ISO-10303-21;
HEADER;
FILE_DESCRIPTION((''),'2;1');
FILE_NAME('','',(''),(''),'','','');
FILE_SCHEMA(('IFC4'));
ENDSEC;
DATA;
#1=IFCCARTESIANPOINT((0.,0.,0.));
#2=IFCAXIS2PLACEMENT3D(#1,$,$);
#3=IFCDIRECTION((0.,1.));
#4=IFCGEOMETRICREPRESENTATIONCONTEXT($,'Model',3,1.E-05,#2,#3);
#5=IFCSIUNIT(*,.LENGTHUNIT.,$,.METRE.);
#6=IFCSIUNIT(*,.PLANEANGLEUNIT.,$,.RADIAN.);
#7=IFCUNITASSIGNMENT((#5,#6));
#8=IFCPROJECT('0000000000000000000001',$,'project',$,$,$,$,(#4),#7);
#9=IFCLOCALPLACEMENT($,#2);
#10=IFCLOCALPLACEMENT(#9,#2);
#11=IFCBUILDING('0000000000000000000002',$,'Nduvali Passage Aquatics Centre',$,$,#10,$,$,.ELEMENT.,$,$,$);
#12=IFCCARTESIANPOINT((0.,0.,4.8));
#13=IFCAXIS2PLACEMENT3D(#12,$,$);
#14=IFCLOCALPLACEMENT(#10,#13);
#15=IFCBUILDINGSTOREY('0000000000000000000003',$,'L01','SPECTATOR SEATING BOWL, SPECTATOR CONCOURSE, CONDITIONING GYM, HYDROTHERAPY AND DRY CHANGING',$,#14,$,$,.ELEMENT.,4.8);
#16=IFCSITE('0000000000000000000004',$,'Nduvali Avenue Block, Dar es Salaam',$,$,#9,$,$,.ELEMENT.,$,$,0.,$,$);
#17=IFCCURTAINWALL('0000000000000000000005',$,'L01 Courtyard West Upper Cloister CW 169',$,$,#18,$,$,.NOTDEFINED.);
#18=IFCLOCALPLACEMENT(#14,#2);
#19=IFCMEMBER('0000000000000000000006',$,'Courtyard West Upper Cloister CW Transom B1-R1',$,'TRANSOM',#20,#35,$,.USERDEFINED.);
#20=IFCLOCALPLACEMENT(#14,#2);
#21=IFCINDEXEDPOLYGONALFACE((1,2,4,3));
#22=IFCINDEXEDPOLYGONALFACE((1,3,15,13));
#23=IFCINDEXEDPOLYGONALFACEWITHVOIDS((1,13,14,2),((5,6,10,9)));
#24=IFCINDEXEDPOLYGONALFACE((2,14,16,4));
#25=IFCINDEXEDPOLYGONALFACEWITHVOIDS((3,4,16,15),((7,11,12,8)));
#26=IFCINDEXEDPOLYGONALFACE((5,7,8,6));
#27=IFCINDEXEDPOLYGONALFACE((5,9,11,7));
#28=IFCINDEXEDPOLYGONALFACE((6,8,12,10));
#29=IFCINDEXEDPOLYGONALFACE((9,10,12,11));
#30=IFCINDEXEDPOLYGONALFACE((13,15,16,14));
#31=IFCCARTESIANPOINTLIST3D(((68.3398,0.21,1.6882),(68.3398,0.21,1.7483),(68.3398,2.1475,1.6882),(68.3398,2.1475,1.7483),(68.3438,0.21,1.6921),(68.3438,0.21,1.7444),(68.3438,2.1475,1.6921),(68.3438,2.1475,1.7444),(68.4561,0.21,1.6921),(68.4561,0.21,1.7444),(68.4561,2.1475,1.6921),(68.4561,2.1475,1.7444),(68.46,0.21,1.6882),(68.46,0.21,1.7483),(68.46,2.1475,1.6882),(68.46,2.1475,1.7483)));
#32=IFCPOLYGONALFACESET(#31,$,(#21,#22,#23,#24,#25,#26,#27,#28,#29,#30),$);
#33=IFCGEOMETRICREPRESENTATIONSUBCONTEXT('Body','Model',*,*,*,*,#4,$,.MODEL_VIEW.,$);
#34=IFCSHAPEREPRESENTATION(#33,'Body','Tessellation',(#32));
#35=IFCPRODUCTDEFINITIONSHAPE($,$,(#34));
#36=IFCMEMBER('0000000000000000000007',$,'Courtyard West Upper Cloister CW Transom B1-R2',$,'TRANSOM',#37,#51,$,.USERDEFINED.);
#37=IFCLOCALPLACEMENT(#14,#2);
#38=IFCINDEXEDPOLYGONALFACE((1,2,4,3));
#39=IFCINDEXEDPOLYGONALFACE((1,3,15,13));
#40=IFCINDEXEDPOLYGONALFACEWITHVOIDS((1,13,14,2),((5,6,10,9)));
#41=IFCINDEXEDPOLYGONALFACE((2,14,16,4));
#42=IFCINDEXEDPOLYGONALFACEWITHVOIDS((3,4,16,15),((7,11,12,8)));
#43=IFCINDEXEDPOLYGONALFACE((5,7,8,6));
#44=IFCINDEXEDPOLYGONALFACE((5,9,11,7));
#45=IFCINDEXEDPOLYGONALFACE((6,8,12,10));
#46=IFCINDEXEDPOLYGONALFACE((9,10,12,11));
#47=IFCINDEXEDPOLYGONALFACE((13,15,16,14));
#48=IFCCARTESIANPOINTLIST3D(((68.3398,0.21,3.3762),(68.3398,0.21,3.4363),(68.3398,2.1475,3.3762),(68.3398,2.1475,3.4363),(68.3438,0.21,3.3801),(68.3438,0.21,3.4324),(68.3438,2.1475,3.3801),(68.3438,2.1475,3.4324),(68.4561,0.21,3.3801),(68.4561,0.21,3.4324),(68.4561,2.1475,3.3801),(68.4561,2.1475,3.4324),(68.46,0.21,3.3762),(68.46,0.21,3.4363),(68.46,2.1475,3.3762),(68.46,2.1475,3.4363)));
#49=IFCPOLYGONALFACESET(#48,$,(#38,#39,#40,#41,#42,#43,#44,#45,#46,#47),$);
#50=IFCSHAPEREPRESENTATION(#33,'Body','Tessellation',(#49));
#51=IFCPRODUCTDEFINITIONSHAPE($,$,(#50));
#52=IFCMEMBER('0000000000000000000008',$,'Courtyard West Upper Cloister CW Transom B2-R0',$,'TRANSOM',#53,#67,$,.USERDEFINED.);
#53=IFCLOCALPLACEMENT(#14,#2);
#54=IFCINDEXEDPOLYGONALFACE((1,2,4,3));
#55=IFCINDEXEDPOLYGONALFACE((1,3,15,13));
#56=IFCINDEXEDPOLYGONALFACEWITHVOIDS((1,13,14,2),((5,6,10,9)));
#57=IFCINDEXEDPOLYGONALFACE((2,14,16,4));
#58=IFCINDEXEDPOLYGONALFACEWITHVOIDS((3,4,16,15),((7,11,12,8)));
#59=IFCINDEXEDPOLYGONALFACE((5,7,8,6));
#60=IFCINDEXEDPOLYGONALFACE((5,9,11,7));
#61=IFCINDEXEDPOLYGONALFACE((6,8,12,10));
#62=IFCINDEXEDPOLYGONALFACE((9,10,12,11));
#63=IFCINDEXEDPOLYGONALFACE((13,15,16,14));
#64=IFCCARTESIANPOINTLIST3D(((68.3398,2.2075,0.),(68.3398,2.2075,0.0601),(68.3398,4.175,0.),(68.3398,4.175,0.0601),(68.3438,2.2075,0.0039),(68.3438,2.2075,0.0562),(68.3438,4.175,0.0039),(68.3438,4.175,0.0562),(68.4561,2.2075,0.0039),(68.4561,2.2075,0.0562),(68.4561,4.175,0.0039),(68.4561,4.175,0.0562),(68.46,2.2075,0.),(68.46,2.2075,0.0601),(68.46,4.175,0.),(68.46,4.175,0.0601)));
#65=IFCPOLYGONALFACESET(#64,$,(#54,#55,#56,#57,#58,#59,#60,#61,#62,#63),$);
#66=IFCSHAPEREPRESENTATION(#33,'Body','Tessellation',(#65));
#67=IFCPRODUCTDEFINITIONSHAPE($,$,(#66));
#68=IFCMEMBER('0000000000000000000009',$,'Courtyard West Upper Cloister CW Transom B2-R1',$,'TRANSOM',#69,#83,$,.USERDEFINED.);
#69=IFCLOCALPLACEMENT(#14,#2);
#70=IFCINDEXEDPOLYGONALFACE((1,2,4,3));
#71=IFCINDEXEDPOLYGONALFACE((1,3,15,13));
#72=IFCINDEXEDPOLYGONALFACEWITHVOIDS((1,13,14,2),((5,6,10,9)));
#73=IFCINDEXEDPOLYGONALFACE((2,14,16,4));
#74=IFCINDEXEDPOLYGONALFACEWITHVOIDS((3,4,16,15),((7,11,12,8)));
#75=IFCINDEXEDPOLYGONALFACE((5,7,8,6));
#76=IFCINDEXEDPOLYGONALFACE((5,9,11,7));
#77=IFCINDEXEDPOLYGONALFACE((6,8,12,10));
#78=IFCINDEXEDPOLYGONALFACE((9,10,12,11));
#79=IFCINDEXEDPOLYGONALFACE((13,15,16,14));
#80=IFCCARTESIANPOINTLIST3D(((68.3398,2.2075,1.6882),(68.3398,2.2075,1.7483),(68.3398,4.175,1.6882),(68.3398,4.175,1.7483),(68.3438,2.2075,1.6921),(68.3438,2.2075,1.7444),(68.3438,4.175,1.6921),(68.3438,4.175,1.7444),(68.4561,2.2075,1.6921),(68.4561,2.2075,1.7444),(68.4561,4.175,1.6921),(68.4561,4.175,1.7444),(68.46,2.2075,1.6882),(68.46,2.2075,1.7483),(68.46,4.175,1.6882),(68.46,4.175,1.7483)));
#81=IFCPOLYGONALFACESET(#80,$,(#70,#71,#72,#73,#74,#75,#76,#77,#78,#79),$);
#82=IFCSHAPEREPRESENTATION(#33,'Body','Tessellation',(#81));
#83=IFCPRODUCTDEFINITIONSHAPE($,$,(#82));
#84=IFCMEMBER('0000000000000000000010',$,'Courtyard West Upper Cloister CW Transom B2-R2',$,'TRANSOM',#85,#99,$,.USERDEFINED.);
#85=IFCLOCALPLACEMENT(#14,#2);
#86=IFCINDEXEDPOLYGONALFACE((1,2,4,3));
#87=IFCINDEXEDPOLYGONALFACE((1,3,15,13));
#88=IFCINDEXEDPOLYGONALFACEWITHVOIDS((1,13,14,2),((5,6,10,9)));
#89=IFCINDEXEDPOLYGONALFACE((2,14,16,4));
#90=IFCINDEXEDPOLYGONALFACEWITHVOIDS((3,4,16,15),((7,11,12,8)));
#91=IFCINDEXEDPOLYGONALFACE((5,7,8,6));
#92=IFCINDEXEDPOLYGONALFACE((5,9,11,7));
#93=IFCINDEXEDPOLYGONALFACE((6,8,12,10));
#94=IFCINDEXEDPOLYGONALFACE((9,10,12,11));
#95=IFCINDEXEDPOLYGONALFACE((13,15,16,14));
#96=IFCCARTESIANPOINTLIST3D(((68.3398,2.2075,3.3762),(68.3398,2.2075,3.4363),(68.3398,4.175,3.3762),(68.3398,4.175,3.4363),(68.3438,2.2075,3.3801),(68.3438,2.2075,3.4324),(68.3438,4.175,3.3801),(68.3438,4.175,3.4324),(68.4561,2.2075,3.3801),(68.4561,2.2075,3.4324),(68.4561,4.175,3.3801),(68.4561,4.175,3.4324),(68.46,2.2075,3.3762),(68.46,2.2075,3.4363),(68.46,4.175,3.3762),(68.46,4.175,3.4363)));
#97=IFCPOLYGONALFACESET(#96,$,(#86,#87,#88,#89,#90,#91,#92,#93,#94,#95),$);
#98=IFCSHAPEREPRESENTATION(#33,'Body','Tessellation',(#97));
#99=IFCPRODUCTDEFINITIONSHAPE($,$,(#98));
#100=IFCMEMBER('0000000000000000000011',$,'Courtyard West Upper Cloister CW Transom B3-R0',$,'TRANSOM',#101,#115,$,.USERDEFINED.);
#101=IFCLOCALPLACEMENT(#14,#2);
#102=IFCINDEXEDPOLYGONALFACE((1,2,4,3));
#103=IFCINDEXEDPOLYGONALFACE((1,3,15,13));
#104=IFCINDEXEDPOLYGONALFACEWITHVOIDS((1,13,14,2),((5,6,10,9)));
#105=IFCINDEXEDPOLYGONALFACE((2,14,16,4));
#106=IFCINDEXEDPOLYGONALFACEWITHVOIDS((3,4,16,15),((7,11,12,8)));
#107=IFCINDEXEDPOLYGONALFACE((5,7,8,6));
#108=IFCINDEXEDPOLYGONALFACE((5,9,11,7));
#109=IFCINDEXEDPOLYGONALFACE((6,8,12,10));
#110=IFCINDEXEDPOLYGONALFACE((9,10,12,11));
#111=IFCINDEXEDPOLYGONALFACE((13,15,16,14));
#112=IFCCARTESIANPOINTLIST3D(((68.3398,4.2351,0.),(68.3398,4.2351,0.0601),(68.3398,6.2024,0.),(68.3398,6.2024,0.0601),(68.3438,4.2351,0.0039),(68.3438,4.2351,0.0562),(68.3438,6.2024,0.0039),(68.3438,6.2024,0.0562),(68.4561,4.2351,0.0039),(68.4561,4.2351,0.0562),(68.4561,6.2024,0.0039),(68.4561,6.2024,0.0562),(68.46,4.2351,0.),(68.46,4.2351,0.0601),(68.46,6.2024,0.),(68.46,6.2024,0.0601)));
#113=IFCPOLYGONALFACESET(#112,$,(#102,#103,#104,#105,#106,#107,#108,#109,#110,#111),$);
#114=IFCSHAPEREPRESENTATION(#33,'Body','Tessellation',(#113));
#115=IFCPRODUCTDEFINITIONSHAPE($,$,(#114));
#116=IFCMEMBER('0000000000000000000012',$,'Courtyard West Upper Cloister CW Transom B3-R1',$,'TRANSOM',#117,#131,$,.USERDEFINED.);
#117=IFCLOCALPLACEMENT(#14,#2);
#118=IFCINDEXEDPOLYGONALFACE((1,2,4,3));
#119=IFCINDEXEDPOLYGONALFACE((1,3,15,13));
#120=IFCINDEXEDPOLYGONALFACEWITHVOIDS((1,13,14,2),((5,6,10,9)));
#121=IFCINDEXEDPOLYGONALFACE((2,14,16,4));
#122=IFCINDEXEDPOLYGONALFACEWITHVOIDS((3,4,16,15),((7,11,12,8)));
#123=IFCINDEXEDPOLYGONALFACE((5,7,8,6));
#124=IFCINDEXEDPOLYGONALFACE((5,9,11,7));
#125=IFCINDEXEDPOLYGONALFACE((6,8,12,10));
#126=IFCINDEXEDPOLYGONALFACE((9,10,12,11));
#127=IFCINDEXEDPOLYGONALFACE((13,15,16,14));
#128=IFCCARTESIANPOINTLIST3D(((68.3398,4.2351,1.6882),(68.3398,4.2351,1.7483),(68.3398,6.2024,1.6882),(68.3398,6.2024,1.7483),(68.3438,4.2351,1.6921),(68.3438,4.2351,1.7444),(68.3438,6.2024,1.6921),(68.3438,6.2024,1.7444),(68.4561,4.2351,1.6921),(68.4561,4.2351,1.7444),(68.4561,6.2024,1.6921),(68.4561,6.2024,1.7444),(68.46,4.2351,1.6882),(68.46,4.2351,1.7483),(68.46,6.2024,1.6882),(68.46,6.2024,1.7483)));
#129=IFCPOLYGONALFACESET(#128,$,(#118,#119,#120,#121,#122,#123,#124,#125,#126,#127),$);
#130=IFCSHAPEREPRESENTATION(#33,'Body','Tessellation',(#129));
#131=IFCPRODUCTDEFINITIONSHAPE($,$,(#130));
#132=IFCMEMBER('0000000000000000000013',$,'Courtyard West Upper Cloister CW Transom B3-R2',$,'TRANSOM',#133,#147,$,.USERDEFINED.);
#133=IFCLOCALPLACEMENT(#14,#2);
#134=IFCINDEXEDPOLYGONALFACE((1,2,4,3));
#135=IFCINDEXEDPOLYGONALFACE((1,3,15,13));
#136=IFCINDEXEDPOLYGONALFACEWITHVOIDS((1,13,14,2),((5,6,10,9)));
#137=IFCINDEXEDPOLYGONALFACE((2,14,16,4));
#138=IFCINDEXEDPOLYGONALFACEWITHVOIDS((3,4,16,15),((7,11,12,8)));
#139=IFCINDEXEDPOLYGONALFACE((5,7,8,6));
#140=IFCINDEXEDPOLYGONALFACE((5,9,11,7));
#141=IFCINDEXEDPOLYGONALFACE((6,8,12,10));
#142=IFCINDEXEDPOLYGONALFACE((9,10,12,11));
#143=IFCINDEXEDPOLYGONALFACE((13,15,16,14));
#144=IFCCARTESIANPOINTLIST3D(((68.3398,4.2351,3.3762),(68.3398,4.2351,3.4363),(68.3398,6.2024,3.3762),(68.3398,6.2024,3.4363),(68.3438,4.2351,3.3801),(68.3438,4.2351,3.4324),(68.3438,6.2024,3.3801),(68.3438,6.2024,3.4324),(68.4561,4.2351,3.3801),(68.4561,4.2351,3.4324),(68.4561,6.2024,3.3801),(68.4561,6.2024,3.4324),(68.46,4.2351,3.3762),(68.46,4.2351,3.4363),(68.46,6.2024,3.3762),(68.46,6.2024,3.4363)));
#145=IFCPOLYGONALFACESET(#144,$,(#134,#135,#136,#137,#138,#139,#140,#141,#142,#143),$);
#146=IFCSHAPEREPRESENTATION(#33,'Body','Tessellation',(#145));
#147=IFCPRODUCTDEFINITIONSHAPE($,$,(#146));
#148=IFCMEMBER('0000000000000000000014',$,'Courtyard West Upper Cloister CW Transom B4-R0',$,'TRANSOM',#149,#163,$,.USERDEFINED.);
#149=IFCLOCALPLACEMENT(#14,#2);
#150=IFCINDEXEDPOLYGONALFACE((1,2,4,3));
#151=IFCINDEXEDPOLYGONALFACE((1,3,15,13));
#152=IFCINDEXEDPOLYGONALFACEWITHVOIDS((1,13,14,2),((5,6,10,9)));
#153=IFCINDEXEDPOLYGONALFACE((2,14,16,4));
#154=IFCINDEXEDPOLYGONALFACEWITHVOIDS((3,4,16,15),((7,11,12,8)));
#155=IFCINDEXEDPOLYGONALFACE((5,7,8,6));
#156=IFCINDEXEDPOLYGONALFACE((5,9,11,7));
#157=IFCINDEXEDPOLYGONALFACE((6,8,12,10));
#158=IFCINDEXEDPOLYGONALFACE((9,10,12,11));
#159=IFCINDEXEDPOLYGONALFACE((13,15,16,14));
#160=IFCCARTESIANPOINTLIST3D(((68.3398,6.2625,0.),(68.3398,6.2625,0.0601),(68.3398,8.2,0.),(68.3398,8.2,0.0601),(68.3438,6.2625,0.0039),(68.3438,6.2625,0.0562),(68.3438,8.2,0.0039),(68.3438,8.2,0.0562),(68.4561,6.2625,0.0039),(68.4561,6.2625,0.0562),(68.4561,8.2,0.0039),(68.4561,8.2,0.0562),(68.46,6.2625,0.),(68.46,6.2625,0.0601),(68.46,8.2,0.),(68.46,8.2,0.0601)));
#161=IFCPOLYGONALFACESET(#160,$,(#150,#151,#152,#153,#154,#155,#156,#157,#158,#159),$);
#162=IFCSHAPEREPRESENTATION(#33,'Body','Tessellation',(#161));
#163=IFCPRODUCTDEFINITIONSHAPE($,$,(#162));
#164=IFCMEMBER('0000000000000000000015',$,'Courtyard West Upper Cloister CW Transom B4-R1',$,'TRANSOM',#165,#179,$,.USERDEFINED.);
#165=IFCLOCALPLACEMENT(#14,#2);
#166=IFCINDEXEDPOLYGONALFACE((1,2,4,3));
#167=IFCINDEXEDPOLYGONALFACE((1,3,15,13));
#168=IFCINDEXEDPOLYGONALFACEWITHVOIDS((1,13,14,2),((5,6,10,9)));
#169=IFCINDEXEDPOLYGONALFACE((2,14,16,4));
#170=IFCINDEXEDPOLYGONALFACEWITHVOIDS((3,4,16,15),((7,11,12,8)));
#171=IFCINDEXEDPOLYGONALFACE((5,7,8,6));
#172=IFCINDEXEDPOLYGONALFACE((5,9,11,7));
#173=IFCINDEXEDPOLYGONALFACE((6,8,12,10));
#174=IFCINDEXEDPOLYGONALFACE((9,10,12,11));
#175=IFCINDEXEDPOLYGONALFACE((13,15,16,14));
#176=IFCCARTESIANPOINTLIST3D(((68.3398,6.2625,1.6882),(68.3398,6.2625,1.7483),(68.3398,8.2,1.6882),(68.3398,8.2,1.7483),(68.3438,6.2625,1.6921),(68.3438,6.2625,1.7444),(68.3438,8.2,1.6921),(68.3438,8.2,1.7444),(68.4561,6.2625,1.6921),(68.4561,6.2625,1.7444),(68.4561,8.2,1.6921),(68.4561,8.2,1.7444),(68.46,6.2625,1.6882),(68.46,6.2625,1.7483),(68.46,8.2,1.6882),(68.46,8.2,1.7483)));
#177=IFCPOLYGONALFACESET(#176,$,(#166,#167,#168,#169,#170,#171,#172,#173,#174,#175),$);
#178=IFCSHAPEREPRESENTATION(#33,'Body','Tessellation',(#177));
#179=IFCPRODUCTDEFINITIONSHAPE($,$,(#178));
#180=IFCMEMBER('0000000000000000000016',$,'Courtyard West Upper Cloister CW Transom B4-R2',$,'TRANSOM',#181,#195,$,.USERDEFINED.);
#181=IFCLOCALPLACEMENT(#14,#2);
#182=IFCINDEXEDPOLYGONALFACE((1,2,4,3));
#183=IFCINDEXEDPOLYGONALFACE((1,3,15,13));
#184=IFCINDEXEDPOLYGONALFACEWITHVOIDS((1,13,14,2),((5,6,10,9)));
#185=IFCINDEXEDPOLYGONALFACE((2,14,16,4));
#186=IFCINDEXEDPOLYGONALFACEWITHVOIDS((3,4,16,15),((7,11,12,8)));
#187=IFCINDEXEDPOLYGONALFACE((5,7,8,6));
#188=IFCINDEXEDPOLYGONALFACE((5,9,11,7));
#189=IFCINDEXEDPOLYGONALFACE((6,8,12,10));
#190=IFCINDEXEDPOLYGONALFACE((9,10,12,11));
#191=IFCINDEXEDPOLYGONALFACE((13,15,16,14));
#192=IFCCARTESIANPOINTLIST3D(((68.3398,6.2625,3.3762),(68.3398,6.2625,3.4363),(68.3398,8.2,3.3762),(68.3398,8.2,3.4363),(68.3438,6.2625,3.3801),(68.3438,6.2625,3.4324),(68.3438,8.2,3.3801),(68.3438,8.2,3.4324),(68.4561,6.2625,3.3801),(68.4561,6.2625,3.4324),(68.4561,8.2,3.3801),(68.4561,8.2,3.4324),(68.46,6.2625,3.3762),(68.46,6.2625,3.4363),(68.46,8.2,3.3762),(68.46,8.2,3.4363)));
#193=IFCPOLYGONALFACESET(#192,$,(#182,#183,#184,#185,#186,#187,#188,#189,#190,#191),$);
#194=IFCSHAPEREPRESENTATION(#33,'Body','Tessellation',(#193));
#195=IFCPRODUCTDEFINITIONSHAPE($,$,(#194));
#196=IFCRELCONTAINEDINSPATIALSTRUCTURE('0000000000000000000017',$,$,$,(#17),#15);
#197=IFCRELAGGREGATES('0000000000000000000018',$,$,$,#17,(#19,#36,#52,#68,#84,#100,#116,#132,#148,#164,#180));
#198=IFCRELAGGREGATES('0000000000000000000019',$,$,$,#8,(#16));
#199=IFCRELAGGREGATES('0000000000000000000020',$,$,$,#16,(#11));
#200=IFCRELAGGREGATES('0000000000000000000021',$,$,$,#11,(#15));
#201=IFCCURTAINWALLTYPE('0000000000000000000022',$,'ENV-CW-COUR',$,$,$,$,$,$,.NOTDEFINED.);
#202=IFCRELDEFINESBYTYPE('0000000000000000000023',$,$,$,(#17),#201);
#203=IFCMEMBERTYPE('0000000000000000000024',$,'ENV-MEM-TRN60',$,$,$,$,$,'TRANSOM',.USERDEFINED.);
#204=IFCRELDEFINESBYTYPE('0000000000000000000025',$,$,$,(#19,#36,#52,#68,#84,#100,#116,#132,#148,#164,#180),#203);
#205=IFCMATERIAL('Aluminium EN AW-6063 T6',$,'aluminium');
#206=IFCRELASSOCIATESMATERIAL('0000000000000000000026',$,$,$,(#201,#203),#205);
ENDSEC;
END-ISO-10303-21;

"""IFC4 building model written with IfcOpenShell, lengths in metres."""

from ifc_helpers import new_model, si_unit, direction, frame, origin, origin_2d, place, context, subcontext, project, spatial, hollow_rectangle, extrude, material, material_profile, profile_set, type_object, element, aggregate, save


model = new_model("IFC4")

# Units and contexts
model_context = context("Model", 3, precision=1e-05, world=origin(), true_north=direction((0.0, 1.0)))
body_context = subcontext(model_context, "Body", "Model", "MODEL_VIEW")
ifc_project = project(units=[si_unit("LENGTHUNIT", "METRE"), si_unit("PLANEANGLEUNIT", "RADIAN")], contexts=[model_context])

# Site, building, storey
site_placement = place(None, origin())
site = spatial("IfcSite", under=ifc_project, at=site_placement, Name="Nduvali Avenue Block, Dar es Salaam", CompositionType="ELEMENT", RefElevation=0.0)
building_placement = place(site_placement, origin())
building = spatial("IfcBuilding", under=site, at=building_placement, Name="Nduvali Passage Aquatics Centre", CompositionType="ELEMENT")
storey_placement = place(building_placement, frame((0.0, 0.0, 4.8)))
storey = spatial("IfcBuildingStorey", under=building, at=storey_placement, Name="L01", Description="SPECTATOR SEATING BOWL, SPECTATOR CONCOURSE, CONDITIONING GYM, HYDROTHERAPY AND DRY CHANGING", CompositionType="ELEMENT", Elevation=4.8)

# Curtain wall
ifc_material_1 = material(Name="Aluminium EN AW-6063 T6", Category="aluminium")
curtain_wall_type = type_object("IfcCurtainWallType", Name="ENV-CW-COUR", PredefinedType="NOTDEFINED", material=ifc_material_1)
curtain_wall_1_placement = place(storey_placement, origin())
curtain_wall_1 = element("IfcCurtainWall", 1, at=curtain_wall_1_placement, inside=storey, type_object=curtain_wall_type, Name="L01 Courtyard West Upper Cloister CW 169", PredefinedType="NOTDEFINED")

# Members
ifc_material_profile_1 = material_profile(ifc_material_1, hollow_rectangle(XDim=0.1201, YDim=0.0601, WallThickness=0.0039, at=origin_2d()), Name="ALU TRANSOM 120x60x4")
ifc_profile_set_1 = profile_set([ifc_material_profile_1], Name="Aluminium EN AW-6063 T6")
member_type_1 = type_object("IfcMemberType", Name="ENV-MEM-TRN60", ElementType="TRANSOM", PredefinedType="USERDEFINED", material=ifc_profile_set_1)
member_1_placement = place(storey_placement, frame((68.3999, 0.21, 1.7183), z_axis=(0.0, 1.0, 0.0), x_axis=(-1.0, 0.0, 0.0)))
member_1 = element("IfcMember", 2, at=member_1_placement, type_object=member_type_1, Name="Courtyard West Upper Cloister CW Transom B1-R1", ObjectType="TRANSOM", PredefinedType="USERDEFINED", context=body_context, shape_type="SweptSolid", body=[
    extrude(hollow_rectangle(XDim=0.1201, YDim=0.0601, WallThickness=0.0039, at=origin_2d()), origin(), (0.0, 0.0, 1.0), 1.9375),
])
member_2_placement = place(storey_placement, frame((68.3999, 0.21, 3.4062), z_axis=(0.0, 1.0, 0.0), x_axis=(-1.0, 0.0, 0.0)))
member_2 = element("IfcMember", 3, at=member_2_placement, type_object=member_type_1, Name="Courtyard West Upper Cloister CW Transom B1-R2", ObjectType="TRANSOM", PredefinedType="USERDEFINED", context=body_context, shape_type="SweptSolid", body=[
    extrude(hollow_rectangle(XDim=0.1201, YDim=0.0601, WallThickness=0.0039, at=origin_2d()), origin(), (0.0, 0.0, 1.0), 1.9375),
])
member_3_placement = place(storey_placement, frame((68.3999, 2.2075, 0.03), z_axis=(0.0, 1.0, 0.0), x_axis=(-1.0, 0.0, 0.0)))
member_3 = element("IfcMember", 4, at=member_3_placement, type_object=member_type_1, Name="Courtyard West Upper Cloister CW Transom B2-R0", ObjectType="TRANSOM", PredefinedType="USERDEFINED", context=body_context, shape_type="SweptSolid", body=[
    extrude(hollow_rectangle(XDim=0.1201, YDim=0.0601, WallThickness=0.0039, at=origin_2d()), origin(), (0.0, 0.0, 1.0), 1.9675),
])
member_4_placement = place(storey_placement, frame((68.3999, 2.2075, 1.7183), z_axis=(0.0, 1.0, 0.0), x_axis=(-1.0, 0.0, 0.0)))
member_4 = element("IfcMember", 5, at=member_4_placement, type_object=member_type_1, Name="Courtyard West Upper Cloister CW Transom B2-R1", ObjectType="TRANSOM", PredefinedType="USERDEFINED", context=body_context, shape_type="SweptSolid", body=[
    extrude(hollow_rectangle(XDim=0.1201, YDim=0.0601, WallThickness=0.0039, at=origin_2d()), origin(), (0.0, 0.0, 1.0), 1.9675),
])
member_5_placement = place(storey_placement, frame((68.3999, 2.2075, 3.4062), z_axis=(0.0, 1.0, 0.0), x_axis=(-1.0, 0.0, 0.0)))
member_5 = element("IfcMember", 6, at=member_5_placement, type_object=member_type_1, Name="Courtyard West Upper Cloister CW Transom B2-R2", ObjectType="TRANSOM", PredefinedType="USERDEFINED", context=body_context, shape_type="SweptSolid", body=[
    extrude(hollow_rectangle(XDim=0.1201, YDim=0.0601, WallThickness=0.0039, at=origin_2d()), origin(), (0.0, 0.0, 1.0), 1.9675),
])
member_6_placement = place(storey_placement, frame((68.3999, 4.2351, 0.03), z_axis=(0.0, 1.0, 0.0), x_axis=(-1.0, 0.0, 0.0)))
member_6 = element("IfcMember", 7, at=member_6_placement, type_object=member_type_1, Name="Courtyard West Upper Cloister CW Transom B3-R0", ObjectType="TRANSOM", PredefinedType="USERDEFINED", context=body_context, shape_type="SweptSolid", body=[
    extrude(hollow_rectangle(XDim=0.1201, YDim=0.0601, WallThickness=0.0039, at=origin_2d()), origin(), (0.0, 0.0, 1.0), 1.9673),
])
member_7_placement = place(storey_placement, frame((68.3999, 4.2351, 1.7183), z_axis=(0.0, 1.0, 0.0), x_axis=(-1.0, 0.0, 0.0)))
member_7 = element("IfcMember", 8, at=member_7_placement, type_object=member_type_1, Name="Courtyard West Upper Cloister CW Transom B3-R1", ObjectType="TRANSOM", PredefinedType="USERDEFINED", context=body_context, shape_type="SweptSolid", body=[
    extrude(hollow_rectangle(XDim=0.1201, YDim=0.0601, WallThickness=0.0039, at=origin_2d()), origin(), (0.0, 0.0, 1.0), 1.9673),
])
member_8_placement = place(storey_placement, frame((68.3999, 4.2351, 3.4062), z_axis=(0.0, 1.0, 0.0), x_axis=(-1.0, 0.0, 0.0)))
member_8 = element("IfcMember", 9, at=member_8_placement, type_object=member_type_1, Name="Courtyard West Upper Cloister CW Transom B3-R2", ObjectType="TRANSOM", PredefinedType="USERDEFINED", context=body_context, shape_type="SweptSolid", body=[
    extrude(hollow_rectangle(XDim=0.1201, YDim=0.0601, WallThickness=0.0039, at=origin_2d()), origin(), (0.0, 0.0, 1.0), 1.9673),
])
member_9_placement = place(storey_placement, frame((68.3999, 6.2625, 0.03), z_axis=(0.0, 1.0, 0.0), x_axis=(-1.0, 0.0, 0.0)))
member_9 = element("IfcMember", 10, at=member_9_placement, type_object=member_type_1, Name="Courtyard West Upper Cloister CW Transom B4-R0", ObjectType="TRANSOM", PredefinedType="USERDEFINED", context=body_context, shape_type="SweptSolid", body=[
    extrude(hollow_rectangle(XDim=0.1201, YDim=0.0601, WallThickness=0.0039, at=origin_2d()), origin(), (0.0, 0.0, 1.0), 1.9375),
])
member_10_placement = place(storey_placement, frame((68.3999, 6.2625, 1.7183), z_axis=(0.0, 1.0, 0.0), x_axis=(-1.0, 0.0, 0.0)))
member_10 = element("IfcMember", 11, at=member_10_placement, type_object=member_type_1, Name="Courtyard West Upper Cloister CW Transom B4-R1", ObjectType="TRANSOM", PredefinedType="USERDEFINED", context=body_context, shape_type="SweptSolid", body=[
    extrude(hollow_rectangle(XDim=0.1201, YDim=0.0601, WallThickness=0.0039, at=origin_2d()), origin(), (0.0, 0.0, 1.0), 1.9375),
])
member_11_placement = place(storey_placement, frame((68.3999, 6.2625, 3.4062), z_axis=(0.0, 1.0, 0.0), x_axis=(-1.0, 0.0, 0.0)))
member_11 = element("IfcMember", 12, at=member_11_placement, type_object=member_type_1, Name="Courtyard West Upper Cloister CW Transom B4-R2", ObjectType="TRANSOM", PredefinedType="USERDEFINED", context=body_context, shape_type="SweptSolid", body=[
    extrude(hollow_rectangle(XDim=0.1201, YDim=0.0601, WallThickness=0.0039, at=origin_2d()), origin(), (0.0, 0.0, 1.0), 1.9375),
])

aggregate(curtain_wall_1, [member_1, member_2, member_3, member_4, member_5, member_6, member_7, member_8, member_9, member_10, member_11])

save(model, "model.ifc")
